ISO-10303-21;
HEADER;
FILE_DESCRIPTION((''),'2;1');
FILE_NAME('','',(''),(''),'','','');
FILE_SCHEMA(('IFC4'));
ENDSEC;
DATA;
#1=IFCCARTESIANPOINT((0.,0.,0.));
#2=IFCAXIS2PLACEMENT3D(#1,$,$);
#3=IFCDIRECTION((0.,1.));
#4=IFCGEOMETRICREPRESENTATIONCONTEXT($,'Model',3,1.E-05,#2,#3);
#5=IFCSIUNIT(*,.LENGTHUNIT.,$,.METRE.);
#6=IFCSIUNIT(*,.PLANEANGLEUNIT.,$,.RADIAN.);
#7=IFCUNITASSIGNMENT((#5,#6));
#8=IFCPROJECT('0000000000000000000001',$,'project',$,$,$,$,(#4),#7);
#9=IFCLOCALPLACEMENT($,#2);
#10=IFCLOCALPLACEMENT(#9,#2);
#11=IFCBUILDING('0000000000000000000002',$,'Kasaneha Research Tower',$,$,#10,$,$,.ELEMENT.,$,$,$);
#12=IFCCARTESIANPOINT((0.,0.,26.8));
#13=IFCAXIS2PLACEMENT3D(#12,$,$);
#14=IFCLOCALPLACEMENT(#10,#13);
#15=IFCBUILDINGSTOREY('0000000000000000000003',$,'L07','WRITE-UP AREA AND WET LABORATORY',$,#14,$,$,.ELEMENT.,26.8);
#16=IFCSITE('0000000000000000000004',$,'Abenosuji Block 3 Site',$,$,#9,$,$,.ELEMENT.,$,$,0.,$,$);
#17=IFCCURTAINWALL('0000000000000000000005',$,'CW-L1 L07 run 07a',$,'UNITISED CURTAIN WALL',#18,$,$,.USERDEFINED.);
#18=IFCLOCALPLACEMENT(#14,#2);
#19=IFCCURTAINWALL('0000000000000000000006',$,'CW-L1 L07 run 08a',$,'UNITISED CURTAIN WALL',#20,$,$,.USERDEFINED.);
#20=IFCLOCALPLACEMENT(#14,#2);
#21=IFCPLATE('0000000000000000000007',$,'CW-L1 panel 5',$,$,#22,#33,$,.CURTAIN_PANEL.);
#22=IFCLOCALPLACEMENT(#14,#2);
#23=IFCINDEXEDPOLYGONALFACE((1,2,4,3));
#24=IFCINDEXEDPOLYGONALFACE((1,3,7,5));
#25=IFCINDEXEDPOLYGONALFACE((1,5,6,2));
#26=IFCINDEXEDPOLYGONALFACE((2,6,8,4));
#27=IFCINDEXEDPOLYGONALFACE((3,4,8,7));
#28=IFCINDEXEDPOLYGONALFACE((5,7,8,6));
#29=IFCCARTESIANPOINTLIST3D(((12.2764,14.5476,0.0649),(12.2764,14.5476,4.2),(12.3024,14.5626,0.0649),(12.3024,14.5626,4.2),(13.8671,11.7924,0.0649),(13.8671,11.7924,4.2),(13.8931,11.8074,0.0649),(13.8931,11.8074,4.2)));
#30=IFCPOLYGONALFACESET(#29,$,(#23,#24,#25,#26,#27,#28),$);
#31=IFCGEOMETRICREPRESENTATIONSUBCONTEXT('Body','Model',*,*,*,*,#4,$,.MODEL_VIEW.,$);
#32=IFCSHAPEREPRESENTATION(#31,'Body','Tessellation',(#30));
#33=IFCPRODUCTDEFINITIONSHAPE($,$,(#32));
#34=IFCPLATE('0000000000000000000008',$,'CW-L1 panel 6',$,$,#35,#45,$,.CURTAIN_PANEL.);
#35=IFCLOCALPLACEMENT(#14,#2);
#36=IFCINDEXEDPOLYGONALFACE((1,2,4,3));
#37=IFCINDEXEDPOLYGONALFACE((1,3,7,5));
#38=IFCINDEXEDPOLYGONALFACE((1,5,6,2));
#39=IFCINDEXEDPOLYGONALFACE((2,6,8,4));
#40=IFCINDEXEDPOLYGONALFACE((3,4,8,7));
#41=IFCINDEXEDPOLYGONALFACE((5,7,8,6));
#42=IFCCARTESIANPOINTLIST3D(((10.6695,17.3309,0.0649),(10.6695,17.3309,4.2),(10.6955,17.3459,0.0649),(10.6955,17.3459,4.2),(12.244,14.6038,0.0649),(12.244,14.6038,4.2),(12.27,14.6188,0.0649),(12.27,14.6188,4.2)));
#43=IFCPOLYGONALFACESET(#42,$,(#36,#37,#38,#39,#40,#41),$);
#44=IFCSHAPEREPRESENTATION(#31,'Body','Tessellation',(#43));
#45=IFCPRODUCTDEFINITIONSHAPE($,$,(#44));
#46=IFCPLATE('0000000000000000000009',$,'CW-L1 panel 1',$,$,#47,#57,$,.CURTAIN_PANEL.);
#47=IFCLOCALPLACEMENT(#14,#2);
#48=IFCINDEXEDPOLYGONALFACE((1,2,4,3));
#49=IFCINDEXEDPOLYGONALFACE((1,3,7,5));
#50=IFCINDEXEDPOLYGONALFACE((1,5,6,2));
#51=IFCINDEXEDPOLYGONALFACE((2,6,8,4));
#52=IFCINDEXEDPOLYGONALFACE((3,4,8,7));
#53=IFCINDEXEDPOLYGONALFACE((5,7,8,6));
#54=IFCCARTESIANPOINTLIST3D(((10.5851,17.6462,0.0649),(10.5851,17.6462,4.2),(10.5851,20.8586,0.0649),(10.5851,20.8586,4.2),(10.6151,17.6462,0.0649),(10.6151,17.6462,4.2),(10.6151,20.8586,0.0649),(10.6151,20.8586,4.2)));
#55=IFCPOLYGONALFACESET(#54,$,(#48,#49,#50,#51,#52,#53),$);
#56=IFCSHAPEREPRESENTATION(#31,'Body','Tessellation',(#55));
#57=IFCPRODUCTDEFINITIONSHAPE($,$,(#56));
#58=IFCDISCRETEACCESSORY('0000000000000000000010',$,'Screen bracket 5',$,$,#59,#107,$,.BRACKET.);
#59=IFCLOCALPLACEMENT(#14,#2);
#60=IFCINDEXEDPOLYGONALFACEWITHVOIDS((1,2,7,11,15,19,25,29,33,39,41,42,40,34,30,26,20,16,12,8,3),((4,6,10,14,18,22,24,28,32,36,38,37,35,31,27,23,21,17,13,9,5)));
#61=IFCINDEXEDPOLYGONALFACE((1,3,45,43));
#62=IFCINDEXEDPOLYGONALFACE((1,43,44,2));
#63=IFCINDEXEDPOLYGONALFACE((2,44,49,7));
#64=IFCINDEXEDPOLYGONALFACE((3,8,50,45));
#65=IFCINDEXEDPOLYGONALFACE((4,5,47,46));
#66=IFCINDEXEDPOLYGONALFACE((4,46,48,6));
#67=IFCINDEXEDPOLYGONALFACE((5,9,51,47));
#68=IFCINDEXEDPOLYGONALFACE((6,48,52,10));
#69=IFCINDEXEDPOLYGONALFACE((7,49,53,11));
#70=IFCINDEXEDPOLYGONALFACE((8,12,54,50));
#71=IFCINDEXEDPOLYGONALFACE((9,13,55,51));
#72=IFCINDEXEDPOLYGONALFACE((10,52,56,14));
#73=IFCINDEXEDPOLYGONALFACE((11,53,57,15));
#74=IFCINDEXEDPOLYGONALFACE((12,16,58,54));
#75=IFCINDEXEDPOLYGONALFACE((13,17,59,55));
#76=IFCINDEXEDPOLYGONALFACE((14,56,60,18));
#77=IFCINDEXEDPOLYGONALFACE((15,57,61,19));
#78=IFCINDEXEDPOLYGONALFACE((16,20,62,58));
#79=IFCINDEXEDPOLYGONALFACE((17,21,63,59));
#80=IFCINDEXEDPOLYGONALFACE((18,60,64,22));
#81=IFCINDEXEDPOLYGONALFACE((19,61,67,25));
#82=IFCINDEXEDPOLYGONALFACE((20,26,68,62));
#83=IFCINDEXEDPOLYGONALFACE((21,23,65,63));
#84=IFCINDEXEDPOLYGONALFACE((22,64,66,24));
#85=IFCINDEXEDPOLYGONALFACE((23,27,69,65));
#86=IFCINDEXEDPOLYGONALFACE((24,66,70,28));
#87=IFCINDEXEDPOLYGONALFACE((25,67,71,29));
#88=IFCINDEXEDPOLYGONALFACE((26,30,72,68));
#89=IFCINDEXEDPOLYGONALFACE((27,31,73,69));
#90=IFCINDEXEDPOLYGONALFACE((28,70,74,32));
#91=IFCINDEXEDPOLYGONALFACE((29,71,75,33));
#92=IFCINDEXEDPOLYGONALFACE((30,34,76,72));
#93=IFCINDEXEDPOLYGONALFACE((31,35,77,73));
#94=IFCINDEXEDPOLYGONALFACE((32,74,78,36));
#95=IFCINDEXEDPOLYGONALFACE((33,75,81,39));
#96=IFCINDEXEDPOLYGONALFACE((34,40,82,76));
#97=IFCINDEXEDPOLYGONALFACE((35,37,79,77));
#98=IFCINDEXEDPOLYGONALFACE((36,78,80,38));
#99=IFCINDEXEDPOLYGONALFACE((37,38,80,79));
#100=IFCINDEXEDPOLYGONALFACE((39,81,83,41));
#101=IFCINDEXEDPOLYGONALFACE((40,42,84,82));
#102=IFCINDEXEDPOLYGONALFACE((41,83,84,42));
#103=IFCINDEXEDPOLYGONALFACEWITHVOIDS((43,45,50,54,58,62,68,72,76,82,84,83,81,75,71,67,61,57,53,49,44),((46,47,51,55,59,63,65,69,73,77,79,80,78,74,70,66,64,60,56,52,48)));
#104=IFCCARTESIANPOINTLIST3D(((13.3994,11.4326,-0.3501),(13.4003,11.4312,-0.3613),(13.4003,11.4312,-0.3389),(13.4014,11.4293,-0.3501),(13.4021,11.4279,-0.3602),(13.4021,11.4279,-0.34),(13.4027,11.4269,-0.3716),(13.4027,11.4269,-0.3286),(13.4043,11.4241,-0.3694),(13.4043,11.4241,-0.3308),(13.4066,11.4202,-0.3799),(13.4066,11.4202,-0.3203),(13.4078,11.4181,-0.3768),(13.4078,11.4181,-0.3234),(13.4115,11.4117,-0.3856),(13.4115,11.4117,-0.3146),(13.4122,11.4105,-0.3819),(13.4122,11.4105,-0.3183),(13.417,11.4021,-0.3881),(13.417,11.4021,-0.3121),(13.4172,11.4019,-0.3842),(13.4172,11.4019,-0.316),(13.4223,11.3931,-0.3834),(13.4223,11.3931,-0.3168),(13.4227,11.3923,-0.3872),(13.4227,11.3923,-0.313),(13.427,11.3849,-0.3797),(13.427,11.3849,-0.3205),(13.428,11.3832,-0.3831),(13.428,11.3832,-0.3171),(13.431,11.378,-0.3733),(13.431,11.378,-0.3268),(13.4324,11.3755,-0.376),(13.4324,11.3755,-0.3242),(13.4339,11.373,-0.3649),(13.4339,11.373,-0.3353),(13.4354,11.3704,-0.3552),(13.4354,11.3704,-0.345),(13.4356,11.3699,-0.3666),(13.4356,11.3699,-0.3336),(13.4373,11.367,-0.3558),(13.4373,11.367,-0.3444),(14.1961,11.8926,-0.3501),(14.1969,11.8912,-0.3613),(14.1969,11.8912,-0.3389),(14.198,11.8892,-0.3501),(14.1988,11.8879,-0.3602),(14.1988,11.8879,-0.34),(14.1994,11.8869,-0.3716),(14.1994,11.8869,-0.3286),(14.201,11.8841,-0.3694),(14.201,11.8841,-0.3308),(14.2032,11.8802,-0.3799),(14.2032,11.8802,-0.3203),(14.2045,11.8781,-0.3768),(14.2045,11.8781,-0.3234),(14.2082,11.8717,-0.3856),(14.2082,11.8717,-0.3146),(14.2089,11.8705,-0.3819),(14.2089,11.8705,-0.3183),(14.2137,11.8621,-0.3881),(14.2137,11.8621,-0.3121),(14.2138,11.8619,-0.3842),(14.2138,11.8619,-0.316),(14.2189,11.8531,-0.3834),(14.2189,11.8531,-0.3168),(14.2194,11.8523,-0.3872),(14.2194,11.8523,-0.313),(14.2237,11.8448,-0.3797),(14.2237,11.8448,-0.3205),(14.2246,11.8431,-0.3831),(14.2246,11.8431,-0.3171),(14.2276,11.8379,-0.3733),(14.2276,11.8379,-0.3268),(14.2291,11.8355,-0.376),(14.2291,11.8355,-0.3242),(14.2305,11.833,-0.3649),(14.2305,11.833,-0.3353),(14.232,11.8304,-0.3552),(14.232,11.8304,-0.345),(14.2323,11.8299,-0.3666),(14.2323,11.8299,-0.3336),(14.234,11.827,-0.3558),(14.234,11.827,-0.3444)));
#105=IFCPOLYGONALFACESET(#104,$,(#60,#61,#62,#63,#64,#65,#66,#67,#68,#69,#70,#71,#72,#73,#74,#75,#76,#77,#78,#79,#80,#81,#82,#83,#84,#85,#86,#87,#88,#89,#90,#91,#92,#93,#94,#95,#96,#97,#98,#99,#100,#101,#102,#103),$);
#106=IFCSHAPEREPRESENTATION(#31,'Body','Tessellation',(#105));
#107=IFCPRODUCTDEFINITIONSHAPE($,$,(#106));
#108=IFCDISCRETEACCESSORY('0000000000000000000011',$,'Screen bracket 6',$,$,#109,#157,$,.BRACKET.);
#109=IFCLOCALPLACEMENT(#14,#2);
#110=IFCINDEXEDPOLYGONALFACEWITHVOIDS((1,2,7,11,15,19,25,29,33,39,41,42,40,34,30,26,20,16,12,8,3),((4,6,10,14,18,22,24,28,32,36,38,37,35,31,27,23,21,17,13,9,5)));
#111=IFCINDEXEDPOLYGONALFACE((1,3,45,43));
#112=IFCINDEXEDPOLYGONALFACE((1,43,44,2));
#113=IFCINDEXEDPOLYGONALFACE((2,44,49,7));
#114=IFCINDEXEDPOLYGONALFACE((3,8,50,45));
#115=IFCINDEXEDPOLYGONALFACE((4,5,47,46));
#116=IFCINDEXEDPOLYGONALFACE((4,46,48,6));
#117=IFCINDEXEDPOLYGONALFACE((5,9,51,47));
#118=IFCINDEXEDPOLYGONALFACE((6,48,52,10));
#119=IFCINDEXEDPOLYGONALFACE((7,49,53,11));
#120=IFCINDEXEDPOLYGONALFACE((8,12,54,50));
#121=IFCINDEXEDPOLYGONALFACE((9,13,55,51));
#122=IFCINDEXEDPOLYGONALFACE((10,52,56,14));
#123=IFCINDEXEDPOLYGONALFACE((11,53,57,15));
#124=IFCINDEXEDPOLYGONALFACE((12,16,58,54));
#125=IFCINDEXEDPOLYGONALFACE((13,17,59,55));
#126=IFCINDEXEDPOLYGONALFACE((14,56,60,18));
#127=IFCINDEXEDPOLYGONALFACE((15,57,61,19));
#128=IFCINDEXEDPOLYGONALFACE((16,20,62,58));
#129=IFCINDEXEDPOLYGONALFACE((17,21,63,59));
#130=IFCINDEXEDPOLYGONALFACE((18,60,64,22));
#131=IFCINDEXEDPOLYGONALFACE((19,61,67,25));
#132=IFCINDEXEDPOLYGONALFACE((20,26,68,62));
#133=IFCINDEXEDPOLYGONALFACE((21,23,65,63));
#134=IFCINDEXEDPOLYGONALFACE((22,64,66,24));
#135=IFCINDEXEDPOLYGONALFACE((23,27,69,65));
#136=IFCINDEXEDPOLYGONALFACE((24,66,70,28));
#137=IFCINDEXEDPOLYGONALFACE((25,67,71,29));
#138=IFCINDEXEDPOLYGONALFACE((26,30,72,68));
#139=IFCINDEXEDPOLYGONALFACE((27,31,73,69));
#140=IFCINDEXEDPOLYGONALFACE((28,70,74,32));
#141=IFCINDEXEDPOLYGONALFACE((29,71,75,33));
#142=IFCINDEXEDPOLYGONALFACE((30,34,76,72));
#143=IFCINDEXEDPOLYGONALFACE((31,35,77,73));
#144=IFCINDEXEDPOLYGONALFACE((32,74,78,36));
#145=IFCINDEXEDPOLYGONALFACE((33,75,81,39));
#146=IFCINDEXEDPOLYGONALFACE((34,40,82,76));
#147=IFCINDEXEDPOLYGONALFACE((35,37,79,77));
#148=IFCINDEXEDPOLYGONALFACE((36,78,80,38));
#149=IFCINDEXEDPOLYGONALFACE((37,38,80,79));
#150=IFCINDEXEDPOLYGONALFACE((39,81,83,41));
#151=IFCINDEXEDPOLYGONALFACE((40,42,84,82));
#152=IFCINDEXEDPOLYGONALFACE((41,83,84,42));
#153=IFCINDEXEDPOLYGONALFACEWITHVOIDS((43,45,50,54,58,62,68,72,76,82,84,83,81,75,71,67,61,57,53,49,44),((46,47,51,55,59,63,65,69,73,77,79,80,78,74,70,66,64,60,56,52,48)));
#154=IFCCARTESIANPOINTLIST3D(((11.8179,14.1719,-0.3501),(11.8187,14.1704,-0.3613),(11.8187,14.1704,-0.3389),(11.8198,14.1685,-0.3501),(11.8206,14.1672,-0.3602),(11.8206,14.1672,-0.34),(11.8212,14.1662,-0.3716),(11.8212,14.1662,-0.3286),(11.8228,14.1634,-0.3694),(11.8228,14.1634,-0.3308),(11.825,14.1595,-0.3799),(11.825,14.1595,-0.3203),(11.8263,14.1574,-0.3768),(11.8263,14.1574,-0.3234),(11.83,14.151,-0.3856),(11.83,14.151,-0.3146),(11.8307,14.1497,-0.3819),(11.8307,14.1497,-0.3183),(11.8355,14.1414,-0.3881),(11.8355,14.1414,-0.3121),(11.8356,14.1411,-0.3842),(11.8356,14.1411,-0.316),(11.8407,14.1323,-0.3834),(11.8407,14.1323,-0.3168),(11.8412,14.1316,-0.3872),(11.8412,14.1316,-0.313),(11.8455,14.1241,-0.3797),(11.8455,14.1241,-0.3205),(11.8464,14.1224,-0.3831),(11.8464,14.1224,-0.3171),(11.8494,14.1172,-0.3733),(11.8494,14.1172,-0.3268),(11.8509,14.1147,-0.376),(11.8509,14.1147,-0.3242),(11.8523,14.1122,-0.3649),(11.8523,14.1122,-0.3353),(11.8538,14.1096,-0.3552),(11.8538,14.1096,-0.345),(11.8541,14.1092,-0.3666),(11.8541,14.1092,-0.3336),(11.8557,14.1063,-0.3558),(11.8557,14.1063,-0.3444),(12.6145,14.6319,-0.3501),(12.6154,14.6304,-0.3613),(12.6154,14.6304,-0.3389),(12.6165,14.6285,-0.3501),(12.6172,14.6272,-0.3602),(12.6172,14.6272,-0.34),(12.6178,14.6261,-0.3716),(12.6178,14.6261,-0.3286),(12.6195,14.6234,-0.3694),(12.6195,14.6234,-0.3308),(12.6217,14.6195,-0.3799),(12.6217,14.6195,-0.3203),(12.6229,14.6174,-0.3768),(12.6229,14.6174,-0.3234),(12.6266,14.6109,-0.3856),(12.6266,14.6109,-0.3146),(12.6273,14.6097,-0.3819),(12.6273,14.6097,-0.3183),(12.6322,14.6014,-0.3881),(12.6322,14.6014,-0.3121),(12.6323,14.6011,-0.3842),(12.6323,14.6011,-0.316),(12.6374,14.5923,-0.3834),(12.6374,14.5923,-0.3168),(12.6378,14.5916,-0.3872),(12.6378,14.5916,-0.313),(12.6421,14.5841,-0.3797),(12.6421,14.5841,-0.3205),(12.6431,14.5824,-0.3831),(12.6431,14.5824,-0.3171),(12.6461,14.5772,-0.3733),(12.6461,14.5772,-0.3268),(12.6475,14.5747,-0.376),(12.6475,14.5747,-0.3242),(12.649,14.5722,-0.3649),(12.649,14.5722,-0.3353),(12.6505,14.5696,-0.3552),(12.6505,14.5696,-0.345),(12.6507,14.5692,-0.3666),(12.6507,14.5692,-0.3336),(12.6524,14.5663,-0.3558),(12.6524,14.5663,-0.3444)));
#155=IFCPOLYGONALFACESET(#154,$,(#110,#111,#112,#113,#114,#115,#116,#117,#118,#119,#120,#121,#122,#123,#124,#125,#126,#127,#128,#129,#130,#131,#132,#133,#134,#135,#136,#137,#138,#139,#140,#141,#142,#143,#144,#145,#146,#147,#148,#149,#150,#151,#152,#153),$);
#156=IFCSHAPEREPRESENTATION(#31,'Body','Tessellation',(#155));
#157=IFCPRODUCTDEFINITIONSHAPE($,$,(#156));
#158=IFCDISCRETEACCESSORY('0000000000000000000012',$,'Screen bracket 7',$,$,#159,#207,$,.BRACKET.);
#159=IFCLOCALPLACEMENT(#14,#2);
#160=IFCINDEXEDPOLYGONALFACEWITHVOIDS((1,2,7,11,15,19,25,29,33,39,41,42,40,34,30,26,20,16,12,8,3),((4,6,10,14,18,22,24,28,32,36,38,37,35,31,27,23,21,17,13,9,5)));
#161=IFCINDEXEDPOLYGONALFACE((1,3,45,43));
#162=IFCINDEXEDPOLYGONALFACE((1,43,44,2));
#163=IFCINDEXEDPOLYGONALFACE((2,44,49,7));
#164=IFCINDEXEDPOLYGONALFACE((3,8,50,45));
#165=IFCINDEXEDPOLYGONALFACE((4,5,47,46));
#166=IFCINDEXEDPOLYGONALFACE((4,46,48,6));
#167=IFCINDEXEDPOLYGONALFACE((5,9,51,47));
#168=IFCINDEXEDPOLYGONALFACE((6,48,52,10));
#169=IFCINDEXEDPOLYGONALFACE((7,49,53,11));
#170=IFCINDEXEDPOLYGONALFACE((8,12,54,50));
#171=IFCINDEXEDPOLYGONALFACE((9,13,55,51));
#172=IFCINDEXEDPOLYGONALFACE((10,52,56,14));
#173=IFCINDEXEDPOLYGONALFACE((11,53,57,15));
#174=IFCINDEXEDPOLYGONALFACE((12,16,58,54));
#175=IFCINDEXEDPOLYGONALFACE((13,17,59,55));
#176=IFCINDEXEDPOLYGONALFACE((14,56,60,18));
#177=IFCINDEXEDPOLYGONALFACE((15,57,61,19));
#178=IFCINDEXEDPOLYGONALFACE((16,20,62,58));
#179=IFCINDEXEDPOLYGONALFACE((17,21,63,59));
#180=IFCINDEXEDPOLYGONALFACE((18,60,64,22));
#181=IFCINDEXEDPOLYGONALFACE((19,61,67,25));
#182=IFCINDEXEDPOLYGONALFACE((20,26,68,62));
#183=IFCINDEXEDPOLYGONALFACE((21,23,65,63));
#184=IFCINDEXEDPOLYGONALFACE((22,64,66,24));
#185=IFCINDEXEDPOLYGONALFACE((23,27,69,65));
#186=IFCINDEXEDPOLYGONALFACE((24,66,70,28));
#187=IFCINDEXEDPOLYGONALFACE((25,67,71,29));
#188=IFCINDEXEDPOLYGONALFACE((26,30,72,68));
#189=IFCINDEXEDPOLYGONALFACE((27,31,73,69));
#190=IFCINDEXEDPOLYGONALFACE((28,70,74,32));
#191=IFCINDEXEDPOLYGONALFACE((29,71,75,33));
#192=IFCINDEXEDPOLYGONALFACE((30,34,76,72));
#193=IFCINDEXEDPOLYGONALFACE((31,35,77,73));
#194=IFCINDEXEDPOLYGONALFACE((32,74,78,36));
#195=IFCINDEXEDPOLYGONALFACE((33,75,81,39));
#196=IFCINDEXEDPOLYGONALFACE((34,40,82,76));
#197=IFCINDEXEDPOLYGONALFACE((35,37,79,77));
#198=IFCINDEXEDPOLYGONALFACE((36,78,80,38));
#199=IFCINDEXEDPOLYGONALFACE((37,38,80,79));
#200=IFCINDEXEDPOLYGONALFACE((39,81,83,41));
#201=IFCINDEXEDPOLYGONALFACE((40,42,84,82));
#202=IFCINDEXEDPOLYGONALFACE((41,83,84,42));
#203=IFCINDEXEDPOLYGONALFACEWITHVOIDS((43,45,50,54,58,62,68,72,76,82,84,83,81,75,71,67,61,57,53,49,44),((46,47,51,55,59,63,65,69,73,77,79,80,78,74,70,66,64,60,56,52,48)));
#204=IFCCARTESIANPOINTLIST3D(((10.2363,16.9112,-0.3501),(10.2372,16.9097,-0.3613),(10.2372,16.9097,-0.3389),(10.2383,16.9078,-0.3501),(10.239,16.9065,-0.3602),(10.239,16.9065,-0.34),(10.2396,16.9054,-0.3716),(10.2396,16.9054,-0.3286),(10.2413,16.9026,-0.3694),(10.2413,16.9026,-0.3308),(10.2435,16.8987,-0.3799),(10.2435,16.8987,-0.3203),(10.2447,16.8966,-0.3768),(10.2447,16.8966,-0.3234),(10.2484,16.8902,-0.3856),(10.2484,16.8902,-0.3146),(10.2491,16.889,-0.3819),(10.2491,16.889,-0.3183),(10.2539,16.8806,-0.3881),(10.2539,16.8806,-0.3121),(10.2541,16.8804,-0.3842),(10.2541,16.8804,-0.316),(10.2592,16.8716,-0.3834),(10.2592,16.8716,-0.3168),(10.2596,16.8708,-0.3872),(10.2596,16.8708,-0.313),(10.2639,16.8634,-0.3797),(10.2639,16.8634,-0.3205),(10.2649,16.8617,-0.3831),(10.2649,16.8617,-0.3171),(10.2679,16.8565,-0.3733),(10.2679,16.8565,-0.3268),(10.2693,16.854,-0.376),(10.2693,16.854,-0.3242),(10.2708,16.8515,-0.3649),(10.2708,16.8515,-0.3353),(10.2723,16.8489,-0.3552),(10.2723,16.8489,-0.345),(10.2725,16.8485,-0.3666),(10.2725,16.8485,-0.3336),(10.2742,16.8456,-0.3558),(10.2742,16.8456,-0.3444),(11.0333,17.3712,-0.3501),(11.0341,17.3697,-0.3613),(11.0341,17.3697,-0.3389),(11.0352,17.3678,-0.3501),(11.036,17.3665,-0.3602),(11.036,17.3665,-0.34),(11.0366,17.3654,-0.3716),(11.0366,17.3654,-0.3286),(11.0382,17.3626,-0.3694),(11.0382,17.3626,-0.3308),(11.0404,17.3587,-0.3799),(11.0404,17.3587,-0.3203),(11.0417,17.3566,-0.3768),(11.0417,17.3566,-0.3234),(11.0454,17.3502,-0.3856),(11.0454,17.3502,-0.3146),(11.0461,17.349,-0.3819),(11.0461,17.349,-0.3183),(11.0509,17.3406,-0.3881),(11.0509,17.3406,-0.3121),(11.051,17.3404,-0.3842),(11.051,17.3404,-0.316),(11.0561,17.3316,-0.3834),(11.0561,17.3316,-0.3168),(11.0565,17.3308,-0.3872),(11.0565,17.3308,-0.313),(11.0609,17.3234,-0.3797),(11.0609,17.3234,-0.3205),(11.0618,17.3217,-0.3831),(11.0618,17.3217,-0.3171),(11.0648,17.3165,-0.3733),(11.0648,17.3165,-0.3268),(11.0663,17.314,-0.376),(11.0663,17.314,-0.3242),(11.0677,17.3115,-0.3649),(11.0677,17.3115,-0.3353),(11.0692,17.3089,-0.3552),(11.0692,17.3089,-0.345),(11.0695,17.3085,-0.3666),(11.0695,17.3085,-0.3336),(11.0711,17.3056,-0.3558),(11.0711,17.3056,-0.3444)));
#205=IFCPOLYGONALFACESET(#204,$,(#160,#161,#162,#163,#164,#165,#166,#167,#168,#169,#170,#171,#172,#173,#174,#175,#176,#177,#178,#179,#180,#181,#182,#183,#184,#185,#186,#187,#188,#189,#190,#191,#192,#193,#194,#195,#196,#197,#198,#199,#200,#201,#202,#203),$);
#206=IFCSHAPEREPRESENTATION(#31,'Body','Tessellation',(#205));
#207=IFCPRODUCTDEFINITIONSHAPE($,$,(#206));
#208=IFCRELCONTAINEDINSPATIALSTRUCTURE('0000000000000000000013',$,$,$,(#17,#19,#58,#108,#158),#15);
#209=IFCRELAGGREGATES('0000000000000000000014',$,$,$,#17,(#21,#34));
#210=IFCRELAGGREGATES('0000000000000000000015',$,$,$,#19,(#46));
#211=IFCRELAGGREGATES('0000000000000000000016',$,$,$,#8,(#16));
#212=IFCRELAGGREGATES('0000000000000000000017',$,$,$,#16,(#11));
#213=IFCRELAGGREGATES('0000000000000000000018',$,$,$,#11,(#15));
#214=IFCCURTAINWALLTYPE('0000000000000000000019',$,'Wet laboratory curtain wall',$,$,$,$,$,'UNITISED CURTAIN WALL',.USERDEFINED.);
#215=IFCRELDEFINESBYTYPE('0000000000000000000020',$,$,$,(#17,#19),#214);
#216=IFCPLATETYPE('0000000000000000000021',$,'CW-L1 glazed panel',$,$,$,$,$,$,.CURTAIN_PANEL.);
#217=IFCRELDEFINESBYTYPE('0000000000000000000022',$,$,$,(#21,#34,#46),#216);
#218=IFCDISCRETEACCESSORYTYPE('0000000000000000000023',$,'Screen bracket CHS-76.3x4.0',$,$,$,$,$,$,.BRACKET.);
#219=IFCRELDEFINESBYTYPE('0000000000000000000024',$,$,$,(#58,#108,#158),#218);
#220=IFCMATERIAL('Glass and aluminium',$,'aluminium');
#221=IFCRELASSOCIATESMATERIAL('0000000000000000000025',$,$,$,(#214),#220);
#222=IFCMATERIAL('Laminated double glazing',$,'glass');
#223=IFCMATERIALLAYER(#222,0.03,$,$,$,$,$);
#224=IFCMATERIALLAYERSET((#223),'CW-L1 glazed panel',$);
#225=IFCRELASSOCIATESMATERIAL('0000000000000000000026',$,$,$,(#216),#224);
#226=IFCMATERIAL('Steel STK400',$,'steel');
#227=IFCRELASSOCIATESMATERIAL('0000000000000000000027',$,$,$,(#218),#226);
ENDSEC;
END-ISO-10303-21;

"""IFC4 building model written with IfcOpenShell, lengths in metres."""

from ifc_helpers import new_model, si_unit, direction, frame, origin, origin_2d, place, context, subcontext, project, spatial, rectangle, hollow_circle, extrude, material, layer, layer_set, material_profile, profile_set, type_object, element, aggregate, save


model = new_model("IFC4")

# Units and contexts
model_context = context("Model", 3, precision=1e-05, world=origin(), true_north=direction((0.0, 1.0)))
body_context = subcontext(model_context, "Body", "Model", "MODEL_VIEW")
ifc_project = project(units=[si_unit("LENGTHUNIT", "METRE"), si_unit("PLANEANGLEUNIT", "RADIAN")], contexts=[model_context])

# Site, building, storey
site_placement = place(None, origin())
site = spatial("IfcSite", under=ifc_project, at=site_placement, Name="Abenosuji Block 3 Site", CompositionType="ELEMENT", RefElevation=0.0)
building_placement = place(site_placement, origin())
building = spatial("IfcBuilding", under=site, at=building_placement, Name="Kasaneha Research Tower", CompositionType="ELEMENT")
storey_placement = place(building_placement, frame((0.0, 0.0, 26.8)))
storey = spatial("IfcBuildingStorey", under=building, at=storey_placement, Name="L07", Description="WRITE-UP AREA AND WET LABORATORY", CompositionType="ELEMENT", Elevation=26.8)

# Curtain walls
ifc_material_1 = material(Name="Glass and aluminium", Category="aluminium")
curtain_wall_type = type_object("IfcCurtainWallType", Name="Wet laboratory curtain wall", ElementType="UNITISED CURTAIN WALL", PredefinedType="USERDEFINED", material=ifc_material_1)
curtain_wall_1_placement = place(storey_placement, origin())
curtain_wall_1 = element("IfcCurtainWall", 1, at=curtain_wall_1_placement, inside=storey, type_object=curtain_wall_type, Name="CW-L1 L07 run 07a", ObjectType="UNITISED CURTAIN WALL", PredefinedType="USERDEFINED")
curtain_wall_2_placement = place(storey_placement, origin())
curtain_wall_2 = element("IfcCurtainWall", 2, at=curtain_wall_2_placement, inside=storey, type_object=curtain_wall_type, Name="CW-L1 L07 run 08a", ObjectType="UNITISED CURTAIN WALL", PredefinedType="USERDEFINED")

# Plates
ifc_material_2 = material(Name="Laminated double glazing", Category="glass")
ifc_layer = layer(ifc_material_2, 0.03)
ifc_layer_set = layer_set([ifc_layer], Name="CW-L1 glazed panel")
plate_type = type_object("IfcPlateType", Name="CW-L1 glazed panel", PredefinedType="CURTAIN_PANEL", material=ifc_layer_set)
plate_1_placement = place(storey_placement, frame((13.0847, 13.1775, 0.0649), z_axis=(0.0, 0.0, 1.0), x_axis=(-0.5, 0.866025, 0.0)))
plate_1 = element("IfcPlate", 3, at=plate_1_placement, type_object=plate_type, Name="CW-L1 panel 5", PredefinedType="CURTAIN_PANEL", context=body_context, shape_type="SweptSolid", body=[
    extrude(rectangle(XDim=3.1814, YDim=0.03, at=origin_2d()), origin(), (0.0, 0.0, 1.0), 4.135),
])
plate_2_placement = place(storey_placement, frame((11.4697, 15.9749, 0.0649), z_axis=(0.0, 0.0, 1.0), x_axis=(-0.5, 0.866025, 0.0)))
plate_2 = element("IfcPlate", 4, at=plate_2_placement, type_object=plate_type, Name="CW-L1 panel 6", PredefinedType="CURTAIN_PANEL", context=body_context, shape_type="SweptSolid", body=[
    extrude(rectangle(XDim=3.1489, YDim=0.03, at=origin_2d()), origin(), (0.0, 0.0, 1.0), 4.135),
])
aggregate(curtain_wall_1, [plate_1, plate_2])
plate_3_placement = place(storey_placement, frame((10.6001, 19.2524, 0.0649), z_axis=(0.0, 0.0, 1.0), x_axis=(0.0, 1.0, 0.0)))
plate_3 = element("IfcPlate", 5, at=plate_3_placement, type_object=plate_type, Name="CW-L1 panel 1", PredefinedType="CURTAIN_PANEL", context=body_context, shape_type="SweptSolid", body=[
    extrude(rectangle(XDim=3.2124, YDim=0.03, at=origin_2d()), origin(), (0.0, 0.0, 1.0), 4.135),
])
aggregate(curtain_wall_2, [plate_3])

# Discrete accessories
ifc_material_3 = material(Name="Steel STK400", Category="steel")
ifc_material_profile_1 = material_profile(ifc_material_3, hollow_circle(Radius=0.0381, WallThickness=0.0039, at=origin_2d()), Name="CHS-76.3x4.0")
ifc_profile_set_1 = profile_set([ifc_material_profile_1], Name="Steel STK400")
discrete_accessory_type = type_object("IfcDiscreteAccessoryType", Name="Screen bracket CHS-76.3x4.0", PredefinedType="BRACKET", material=ifc_profile_set_1)
for number, where, z_axis, x_axis, name in (
    (6, (13.4185, 11.3997, -0.3501), (0.866013, 0.500021, 0.0), (-0.500021, 0.866013, 0.0), "Screen bracket 5"),
    (7, (11.8369, 14.1389, -0.3501), (0.866013, 0.500021, 0.0), (-0.500021, 0.866013, 0.0), "Screen bracket 6"),
):
    element("IfcDiscreteAccessory", number, at=place(storey_placement, frame(where, z_axis=z_axis, x_axis=x_axis)), inside=storey, type_object=discrete_accessory_type, Name=name, PredefinedType="BRACKET", context=body_context, shape_type="SweptSolid", body=[
        extrude(hollow_circle(Radius=0.0381, WallThickness=0.0039, at=origin_2d()), origin(), (0.0, 0.0, 1.0), 0.9199),
    ])
discrete_accessory_1_placement = place(storey_placement, frame((10.2554, 16.8782, -0.3501), z_axis=(0.86608, 0.499906, 0.0), x_axis=(-0.499906, 0.86608, 0.0)))
element("IfcDiscreteAccessory", 8, at=discrete_accessory_1_placement, inside=storey, type_object=discrete_accessory_type, Name="Screen bracket 7", PredefinedType="BRACKET", context=body_context, shape_type="SweptSolid", body=[
    extrude(hollow_circle(Radius=0.0381, WallThickness=0.0039, at=origin_2d()), origin(), (0.0, 0.0, 1.0), 0.9202),
])

save(model, "model.ifc")
